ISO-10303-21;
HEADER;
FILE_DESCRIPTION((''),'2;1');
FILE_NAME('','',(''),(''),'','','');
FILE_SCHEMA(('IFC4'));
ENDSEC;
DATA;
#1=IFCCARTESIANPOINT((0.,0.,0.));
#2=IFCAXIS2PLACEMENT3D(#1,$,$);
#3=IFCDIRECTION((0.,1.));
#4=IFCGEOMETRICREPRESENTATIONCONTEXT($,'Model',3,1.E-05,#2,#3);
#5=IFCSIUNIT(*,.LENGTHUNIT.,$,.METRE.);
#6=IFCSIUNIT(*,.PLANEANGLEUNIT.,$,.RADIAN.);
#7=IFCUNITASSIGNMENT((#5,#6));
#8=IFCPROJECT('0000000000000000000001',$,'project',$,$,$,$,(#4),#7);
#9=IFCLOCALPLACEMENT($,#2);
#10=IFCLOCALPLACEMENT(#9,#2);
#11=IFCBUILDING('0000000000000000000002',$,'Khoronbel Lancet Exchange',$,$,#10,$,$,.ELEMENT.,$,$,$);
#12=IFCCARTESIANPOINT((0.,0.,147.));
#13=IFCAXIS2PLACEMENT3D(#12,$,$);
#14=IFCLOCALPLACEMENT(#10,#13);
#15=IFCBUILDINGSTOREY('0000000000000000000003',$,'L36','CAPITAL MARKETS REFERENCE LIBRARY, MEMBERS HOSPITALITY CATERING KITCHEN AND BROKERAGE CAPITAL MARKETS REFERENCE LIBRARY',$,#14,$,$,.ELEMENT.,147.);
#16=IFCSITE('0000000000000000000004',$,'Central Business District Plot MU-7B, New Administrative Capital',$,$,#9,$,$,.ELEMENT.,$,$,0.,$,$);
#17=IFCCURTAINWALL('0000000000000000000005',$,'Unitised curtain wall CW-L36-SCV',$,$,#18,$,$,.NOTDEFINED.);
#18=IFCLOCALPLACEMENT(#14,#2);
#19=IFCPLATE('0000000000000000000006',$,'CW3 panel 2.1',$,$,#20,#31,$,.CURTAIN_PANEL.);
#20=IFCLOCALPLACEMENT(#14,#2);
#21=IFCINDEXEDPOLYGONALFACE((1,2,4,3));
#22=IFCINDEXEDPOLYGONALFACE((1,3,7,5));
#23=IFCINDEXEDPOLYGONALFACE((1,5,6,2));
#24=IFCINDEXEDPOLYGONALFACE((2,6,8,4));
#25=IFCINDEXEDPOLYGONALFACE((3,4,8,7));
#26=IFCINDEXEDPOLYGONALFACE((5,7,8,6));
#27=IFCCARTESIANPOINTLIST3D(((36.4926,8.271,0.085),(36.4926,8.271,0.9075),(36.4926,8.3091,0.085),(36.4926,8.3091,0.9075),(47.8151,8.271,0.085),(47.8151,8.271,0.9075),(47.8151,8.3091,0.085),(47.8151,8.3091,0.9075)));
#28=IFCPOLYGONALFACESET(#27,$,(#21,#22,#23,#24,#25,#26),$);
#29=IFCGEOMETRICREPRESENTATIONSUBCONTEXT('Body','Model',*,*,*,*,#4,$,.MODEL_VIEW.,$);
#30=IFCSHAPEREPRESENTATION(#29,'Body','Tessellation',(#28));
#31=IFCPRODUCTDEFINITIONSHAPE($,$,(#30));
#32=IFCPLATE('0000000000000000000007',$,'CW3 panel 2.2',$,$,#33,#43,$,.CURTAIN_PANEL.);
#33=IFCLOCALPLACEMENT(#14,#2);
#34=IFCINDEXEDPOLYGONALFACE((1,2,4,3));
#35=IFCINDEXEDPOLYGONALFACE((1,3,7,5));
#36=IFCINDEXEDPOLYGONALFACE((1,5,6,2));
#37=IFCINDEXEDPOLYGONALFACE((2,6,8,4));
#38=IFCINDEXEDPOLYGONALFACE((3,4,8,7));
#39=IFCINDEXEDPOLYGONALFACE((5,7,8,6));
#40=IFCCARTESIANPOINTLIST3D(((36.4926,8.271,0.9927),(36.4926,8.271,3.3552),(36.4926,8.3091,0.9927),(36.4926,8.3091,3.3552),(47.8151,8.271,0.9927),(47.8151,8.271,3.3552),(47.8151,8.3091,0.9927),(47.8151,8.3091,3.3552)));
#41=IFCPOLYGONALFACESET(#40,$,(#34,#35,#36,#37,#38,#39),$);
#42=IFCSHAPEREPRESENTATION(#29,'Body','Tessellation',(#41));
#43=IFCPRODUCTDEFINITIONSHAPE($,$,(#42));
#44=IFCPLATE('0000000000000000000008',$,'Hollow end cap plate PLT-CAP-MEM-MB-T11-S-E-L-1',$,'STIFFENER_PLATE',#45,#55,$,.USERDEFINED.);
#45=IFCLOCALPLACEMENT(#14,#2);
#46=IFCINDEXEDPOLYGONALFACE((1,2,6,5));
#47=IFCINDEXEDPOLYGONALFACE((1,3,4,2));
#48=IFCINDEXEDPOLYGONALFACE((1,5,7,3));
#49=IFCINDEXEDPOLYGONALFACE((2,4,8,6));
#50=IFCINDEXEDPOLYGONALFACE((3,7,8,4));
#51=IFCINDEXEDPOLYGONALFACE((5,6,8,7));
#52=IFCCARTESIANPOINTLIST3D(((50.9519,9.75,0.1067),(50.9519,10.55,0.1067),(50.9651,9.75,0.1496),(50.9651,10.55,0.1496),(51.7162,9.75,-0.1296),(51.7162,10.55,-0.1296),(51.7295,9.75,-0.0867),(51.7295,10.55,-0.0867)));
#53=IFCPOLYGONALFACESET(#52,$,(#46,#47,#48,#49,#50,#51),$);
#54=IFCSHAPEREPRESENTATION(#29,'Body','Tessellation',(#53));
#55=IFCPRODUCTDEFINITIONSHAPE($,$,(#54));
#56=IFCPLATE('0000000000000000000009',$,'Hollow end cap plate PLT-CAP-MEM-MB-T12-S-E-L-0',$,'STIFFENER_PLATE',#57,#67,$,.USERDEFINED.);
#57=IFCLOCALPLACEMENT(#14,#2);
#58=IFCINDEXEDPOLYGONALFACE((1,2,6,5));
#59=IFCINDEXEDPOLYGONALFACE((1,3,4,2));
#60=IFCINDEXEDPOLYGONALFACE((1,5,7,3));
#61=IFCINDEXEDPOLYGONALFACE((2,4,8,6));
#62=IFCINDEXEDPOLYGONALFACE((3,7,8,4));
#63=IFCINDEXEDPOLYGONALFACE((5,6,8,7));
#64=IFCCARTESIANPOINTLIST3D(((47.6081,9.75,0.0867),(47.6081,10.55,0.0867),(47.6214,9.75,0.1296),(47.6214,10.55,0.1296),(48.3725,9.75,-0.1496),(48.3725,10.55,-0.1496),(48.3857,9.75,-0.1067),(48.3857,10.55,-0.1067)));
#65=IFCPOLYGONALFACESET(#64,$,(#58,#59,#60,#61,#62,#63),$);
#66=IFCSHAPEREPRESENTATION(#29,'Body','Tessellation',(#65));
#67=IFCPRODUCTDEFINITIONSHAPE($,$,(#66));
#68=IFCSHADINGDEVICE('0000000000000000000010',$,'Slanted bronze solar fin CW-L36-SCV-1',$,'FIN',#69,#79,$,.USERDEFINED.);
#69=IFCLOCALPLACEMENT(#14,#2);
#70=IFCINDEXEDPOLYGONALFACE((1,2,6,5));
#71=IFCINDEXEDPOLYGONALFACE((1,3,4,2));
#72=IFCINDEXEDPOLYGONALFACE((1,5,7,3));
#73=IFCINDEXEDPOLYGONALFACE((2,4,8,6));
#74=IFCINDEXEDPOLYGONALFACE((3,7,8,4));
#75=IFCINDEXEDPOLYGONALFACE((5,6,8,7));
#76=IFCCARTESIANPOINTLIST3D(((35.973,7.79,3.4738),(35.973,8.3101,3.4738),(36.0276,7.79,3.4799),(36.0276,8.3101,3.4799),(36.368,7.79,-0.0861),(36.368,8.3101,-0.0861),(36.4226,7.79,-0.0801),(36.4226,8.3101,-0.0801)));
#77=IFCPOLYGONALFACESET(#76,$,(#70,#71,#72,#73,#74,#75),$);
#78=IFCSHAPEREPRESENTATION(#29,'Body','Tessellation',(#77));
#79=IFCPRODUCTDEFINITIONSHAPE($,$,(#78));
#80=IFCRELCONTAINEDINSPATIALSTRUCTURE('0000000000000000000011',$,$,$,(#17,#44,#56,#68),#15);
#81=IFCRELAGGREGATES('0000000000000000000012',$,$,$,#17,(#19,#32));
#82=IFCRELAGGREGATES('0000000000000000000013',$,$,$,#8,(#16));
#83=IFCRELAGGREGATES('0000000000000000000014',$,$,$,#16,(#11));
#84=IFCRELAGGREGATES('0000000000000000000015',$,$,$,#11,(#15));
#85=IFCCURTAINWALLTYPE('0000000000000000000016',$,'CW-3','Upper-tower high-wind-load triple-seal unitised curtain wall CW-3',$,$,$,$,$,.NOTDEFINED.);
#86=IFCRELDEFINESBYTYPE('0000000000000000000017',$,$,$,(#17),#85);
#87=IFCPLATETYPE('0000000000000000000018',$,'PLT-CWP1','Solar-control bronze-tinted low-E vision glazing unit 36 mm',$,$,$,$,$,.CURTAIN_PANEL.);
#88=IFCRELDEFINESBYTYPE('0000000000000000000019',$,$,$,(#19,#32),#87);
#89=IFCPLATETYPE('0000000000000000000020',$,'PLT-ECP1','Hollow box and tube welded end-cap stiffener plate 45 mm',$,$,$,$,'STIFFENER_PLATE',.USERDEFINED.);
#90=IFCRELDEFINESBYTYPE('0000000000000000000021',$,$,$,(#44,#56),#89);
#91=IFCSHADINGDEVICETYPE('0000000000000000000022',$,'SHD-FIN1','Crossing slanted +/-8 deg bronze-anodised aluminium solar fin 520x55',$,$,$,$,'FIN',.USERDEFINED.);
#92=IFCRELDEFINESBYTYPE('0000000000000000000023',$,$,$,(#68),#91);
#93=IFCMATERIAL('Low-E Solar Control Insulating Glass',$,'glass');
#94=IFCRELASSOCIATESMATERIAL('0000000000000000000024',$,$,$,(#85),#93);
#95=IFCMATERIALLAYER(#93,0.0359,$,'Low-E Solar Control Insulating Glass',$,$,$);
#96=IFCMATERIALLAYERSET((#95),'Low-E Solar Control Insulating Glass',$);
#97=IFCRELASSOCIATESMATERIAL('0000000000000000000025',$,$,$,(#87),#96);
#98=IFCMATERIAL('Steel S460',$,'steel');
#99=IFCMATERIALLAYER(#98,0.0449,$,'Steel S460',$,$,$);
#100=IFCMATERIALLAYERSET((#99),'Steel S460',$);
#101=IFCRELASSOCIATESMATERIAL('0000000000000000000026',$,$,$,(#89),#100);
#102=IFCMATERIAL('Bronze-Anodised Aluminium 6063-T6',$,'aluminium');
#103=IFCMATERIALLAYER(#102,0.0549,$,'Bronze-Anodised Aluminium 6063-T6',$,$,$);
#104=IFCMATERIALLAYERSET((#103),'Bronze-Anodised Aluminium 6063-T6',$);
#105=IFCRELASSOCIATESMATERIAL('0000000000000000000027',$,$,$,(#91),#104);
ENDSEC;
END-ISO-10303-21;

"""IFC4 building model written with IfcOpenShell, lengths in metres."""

from ifc_helpers import new_model, si_unit, direction, frame, origin, origin_2d, place, context, subcontext, project, spatial, polyline, rectangle, outline, extrude, material, layer, layer_set, type_object, element, aggregate, save


model = new_model("IFC4")

# Units and contexts
model_context = context("Model", 3, precision=1e-05, world=origin(), true_north=direction((0.0, 1.0)))
body_context = subcontext(model_context, "Body", "Model", "MODEL_VIEW")
ifc_project = project(units=[si_unit("LENGTHUNIT", "METRE"), si_unit("PLANEANGLEUNIT", "RADIAN")], contexts=[model_context])

# Site, building, storey
site_placement = place(None, origin())
site = spatial("IfcSite", under=ifc_project, at=site_placement, Name="Central Business District Plot MU-7B, New Administrative Capital", CompositionType="ELEMENT", RefElevation=0.0)
building_placement = place(site_placement, origin())
building = spatial("IfcBuilding", under=site, at=building_placement, Name="Khoronbel Lancet Exchange", CompositionType="ELEMENT")
storey_placement = place(building_placement, frame((0.0, 0.0, 147.0)))
storey = spatial("IfcBuildingStorey", under=building, at=storey_placement, Name="L36", Description="CAPITAL MARKETS REFERENCE LIBRARY, MEMBERS HOSPITALITY CATERING KITCHEN AND BROKERAGE CAPITAL MARKETS REFERENCE LIBRARY", CompositionType="ELEMENT", Elevation=147.0)

# Shared definitions
ifc_material_1 = material(Name="Steel S460", Category="steel")

# Curtain wall
ifc_material_2 = material(Name="Low-E Solar Control Insulating Glass", Category="glass")
curtain_wall_type = type_object("IfcCurtainWallType", Name="CW-3", Description="Upper-tower high-wind-load triple-seal unitised curtain wall CW-3", PredefinedType="NOTDEFINED", material=ifc_material_2)
curtain_wall_1_placement = place(storey_placement, origin())
curtain_wall_1 = element("IfcCurtainWall", 1, at=curtain_wall_1_placement, inside=storey, type_object=curtain_wall_type, Name="Unitised curtain wall CW-L36-SCV", PredefinedType="NOTDEFINED")
ifc_material_3 = material(Name="Bronze-Anodised Aluminium 6063-T6", Category="aluminium")

# Plates
ifc_layer_1 = layer(ifc_material_2, 0.0359, Name="Low-E Solar Control Insulating Glass")
ifc_layer_set_1 = layer_set([ifc_layer_1], Name="Low-E Solar Control Insulating Glass")
plate_type_1 = type_object("IfcPlateType", Name="PLT-CWP1", Description="Solar-control bronze-tinted low-E vision glazing unit 36 mm", PredefinedType="CURTAIN_PANEL", material=ifc_layer_set_1)
plate_1_placement = place(storey_placement, frame((42.1538, 8.29, 0.085), z_axis=(0.0, 0.0, 1.0), x_axis=(1.0, 0.0, 0.0)))
plate_1 = element("IfcPlate", 2, at=plate_1_placement, type_object=plate_type_1, Name="CW3 panel 2.1", PredefinedType="CURTAIN_PANEL", context=body_context, shape_type="SweptSolid", body=[
    extrude(rectangle(XDim=11.3225, YDim=0.0381, at=origin_2d()), origin(), (0.0, 0.0, 1.0), 0.8225),
])
plate_2_placement = place(storey_placement, frame((42.1538, 8.29, 0.9927), z_axis=(0.0, 0.0, 1.0), x_axis=(1.0, 0.0, 0.0)))
plate_2 = element("IfcPlate", 3, at=plate_2_placement, type_object=plate_type_1, Name="CW3 panel 2.2", PredefinedType="CURTAIN_PANEL", context=body_context, shape_type="SweptSolid", body=[
    extrude(rectangle(XDim=11.3225, YDim=0.0381, at=origin_2d()), origin(), (0.0, 0.0, 1.0), 2.3625),
])
aggregate(curtain_wall_1, [plate_1, plate_2])

# Plates
ifc_layer_2 = layer(ifc_material_1, 0.0449, Name="Steel S460")
ifc_layer_set_2 = layer_set([ifc_layer_2], Name="Steel S460")
plate_type_2 = type_object("IfcPlateType", Name="PLT-ECP1", Description="Hollow box and tube welded end-cap stiffener plate 45 mm", ElementType="STIFFENER_PLATE", PredefinedType="USERDEFINED", material=ifc_layer_set_2)
for number, where, z_axis, x_axis, name in (
    (4, (51.7295, 9.75, -0.0867), (0.295372, 0.0, 0.955382), (0.0, 1.0, 0.0), "Hollow end cap plate PLT-CAP-MEM-MB-T11-S-E-L-1"),
    (5, (48.3857, 9.75, -0.1067), (0.295372, 0.0, 0.955382), (0.0, 1.0, 0.0), "Hollow end cap plate PLT-CAP-MEM-MB-T12-S-E-L-0"),
):
    element("IfcPlate", number, at=place(storey_placement, frame(where, z_axis=z_axis, x_axis=x_axis)), inside=storey, type_object=plate_type_2, Name=name, ObjectType="STIFFENER_PLATE", PredefinedType="USERDEFINED", context=body_context, shape_type="SweptSolid", body=[
        extrude(outline(polyline([(0.0, 0.0), (0.8, 0.0), (0.8, 0.8), (0.0, 0.8), (0.0, 0.0)])), origin(), (0.0, 0.0, -1.0), 0.0449),
    ])

# Shading device
ifc_layer_3 = layer(ifc_material_3, 0.0549, Name="Bronze-Anodised Aluminium 6063-T6")
ifc_layer_set_3 = layer_set([ifc_layer_3], Name="Bronze-Anodised Aluminium 6063-T6")
shading_device_type = type_object("IfcShadingDeviceType", Name="SHD-FIN1", Description="Crossing slanted +/-8 deg bronze-anodised aluminium solar fin 520x55", ElementType="FIN", PredefinedType="USERDEFINED", material=ifc_layer_set_3)
shading_device_placement = place(storey_placement, frame((36.4226, 8.3101, -0.0801), z_axis=(0.9939, 0.0, 0.110282), x_axis=(0.0, -1.0, 0.0)))
element("IfcShadingDevice", 6, at=shading_device_placement, inside=storey, type_object=shading_device_type, Name="Slanted bronze solar fin CW-L36-SCV-1", ObjectType="FIN", PredefinedType="USERDEFINED", context=body_context, shape_type="SweptSolid", body=[
    extrude(outline(polyline([(0.0, 0.0), (0.52, 0.0), (0.52, -3.5818), (0.0, -3.5818), (0.0, 0.0)])), origin(), (0.0, 0.0, -1.0), 0.0549),
])

save(model, "model.ifc")
